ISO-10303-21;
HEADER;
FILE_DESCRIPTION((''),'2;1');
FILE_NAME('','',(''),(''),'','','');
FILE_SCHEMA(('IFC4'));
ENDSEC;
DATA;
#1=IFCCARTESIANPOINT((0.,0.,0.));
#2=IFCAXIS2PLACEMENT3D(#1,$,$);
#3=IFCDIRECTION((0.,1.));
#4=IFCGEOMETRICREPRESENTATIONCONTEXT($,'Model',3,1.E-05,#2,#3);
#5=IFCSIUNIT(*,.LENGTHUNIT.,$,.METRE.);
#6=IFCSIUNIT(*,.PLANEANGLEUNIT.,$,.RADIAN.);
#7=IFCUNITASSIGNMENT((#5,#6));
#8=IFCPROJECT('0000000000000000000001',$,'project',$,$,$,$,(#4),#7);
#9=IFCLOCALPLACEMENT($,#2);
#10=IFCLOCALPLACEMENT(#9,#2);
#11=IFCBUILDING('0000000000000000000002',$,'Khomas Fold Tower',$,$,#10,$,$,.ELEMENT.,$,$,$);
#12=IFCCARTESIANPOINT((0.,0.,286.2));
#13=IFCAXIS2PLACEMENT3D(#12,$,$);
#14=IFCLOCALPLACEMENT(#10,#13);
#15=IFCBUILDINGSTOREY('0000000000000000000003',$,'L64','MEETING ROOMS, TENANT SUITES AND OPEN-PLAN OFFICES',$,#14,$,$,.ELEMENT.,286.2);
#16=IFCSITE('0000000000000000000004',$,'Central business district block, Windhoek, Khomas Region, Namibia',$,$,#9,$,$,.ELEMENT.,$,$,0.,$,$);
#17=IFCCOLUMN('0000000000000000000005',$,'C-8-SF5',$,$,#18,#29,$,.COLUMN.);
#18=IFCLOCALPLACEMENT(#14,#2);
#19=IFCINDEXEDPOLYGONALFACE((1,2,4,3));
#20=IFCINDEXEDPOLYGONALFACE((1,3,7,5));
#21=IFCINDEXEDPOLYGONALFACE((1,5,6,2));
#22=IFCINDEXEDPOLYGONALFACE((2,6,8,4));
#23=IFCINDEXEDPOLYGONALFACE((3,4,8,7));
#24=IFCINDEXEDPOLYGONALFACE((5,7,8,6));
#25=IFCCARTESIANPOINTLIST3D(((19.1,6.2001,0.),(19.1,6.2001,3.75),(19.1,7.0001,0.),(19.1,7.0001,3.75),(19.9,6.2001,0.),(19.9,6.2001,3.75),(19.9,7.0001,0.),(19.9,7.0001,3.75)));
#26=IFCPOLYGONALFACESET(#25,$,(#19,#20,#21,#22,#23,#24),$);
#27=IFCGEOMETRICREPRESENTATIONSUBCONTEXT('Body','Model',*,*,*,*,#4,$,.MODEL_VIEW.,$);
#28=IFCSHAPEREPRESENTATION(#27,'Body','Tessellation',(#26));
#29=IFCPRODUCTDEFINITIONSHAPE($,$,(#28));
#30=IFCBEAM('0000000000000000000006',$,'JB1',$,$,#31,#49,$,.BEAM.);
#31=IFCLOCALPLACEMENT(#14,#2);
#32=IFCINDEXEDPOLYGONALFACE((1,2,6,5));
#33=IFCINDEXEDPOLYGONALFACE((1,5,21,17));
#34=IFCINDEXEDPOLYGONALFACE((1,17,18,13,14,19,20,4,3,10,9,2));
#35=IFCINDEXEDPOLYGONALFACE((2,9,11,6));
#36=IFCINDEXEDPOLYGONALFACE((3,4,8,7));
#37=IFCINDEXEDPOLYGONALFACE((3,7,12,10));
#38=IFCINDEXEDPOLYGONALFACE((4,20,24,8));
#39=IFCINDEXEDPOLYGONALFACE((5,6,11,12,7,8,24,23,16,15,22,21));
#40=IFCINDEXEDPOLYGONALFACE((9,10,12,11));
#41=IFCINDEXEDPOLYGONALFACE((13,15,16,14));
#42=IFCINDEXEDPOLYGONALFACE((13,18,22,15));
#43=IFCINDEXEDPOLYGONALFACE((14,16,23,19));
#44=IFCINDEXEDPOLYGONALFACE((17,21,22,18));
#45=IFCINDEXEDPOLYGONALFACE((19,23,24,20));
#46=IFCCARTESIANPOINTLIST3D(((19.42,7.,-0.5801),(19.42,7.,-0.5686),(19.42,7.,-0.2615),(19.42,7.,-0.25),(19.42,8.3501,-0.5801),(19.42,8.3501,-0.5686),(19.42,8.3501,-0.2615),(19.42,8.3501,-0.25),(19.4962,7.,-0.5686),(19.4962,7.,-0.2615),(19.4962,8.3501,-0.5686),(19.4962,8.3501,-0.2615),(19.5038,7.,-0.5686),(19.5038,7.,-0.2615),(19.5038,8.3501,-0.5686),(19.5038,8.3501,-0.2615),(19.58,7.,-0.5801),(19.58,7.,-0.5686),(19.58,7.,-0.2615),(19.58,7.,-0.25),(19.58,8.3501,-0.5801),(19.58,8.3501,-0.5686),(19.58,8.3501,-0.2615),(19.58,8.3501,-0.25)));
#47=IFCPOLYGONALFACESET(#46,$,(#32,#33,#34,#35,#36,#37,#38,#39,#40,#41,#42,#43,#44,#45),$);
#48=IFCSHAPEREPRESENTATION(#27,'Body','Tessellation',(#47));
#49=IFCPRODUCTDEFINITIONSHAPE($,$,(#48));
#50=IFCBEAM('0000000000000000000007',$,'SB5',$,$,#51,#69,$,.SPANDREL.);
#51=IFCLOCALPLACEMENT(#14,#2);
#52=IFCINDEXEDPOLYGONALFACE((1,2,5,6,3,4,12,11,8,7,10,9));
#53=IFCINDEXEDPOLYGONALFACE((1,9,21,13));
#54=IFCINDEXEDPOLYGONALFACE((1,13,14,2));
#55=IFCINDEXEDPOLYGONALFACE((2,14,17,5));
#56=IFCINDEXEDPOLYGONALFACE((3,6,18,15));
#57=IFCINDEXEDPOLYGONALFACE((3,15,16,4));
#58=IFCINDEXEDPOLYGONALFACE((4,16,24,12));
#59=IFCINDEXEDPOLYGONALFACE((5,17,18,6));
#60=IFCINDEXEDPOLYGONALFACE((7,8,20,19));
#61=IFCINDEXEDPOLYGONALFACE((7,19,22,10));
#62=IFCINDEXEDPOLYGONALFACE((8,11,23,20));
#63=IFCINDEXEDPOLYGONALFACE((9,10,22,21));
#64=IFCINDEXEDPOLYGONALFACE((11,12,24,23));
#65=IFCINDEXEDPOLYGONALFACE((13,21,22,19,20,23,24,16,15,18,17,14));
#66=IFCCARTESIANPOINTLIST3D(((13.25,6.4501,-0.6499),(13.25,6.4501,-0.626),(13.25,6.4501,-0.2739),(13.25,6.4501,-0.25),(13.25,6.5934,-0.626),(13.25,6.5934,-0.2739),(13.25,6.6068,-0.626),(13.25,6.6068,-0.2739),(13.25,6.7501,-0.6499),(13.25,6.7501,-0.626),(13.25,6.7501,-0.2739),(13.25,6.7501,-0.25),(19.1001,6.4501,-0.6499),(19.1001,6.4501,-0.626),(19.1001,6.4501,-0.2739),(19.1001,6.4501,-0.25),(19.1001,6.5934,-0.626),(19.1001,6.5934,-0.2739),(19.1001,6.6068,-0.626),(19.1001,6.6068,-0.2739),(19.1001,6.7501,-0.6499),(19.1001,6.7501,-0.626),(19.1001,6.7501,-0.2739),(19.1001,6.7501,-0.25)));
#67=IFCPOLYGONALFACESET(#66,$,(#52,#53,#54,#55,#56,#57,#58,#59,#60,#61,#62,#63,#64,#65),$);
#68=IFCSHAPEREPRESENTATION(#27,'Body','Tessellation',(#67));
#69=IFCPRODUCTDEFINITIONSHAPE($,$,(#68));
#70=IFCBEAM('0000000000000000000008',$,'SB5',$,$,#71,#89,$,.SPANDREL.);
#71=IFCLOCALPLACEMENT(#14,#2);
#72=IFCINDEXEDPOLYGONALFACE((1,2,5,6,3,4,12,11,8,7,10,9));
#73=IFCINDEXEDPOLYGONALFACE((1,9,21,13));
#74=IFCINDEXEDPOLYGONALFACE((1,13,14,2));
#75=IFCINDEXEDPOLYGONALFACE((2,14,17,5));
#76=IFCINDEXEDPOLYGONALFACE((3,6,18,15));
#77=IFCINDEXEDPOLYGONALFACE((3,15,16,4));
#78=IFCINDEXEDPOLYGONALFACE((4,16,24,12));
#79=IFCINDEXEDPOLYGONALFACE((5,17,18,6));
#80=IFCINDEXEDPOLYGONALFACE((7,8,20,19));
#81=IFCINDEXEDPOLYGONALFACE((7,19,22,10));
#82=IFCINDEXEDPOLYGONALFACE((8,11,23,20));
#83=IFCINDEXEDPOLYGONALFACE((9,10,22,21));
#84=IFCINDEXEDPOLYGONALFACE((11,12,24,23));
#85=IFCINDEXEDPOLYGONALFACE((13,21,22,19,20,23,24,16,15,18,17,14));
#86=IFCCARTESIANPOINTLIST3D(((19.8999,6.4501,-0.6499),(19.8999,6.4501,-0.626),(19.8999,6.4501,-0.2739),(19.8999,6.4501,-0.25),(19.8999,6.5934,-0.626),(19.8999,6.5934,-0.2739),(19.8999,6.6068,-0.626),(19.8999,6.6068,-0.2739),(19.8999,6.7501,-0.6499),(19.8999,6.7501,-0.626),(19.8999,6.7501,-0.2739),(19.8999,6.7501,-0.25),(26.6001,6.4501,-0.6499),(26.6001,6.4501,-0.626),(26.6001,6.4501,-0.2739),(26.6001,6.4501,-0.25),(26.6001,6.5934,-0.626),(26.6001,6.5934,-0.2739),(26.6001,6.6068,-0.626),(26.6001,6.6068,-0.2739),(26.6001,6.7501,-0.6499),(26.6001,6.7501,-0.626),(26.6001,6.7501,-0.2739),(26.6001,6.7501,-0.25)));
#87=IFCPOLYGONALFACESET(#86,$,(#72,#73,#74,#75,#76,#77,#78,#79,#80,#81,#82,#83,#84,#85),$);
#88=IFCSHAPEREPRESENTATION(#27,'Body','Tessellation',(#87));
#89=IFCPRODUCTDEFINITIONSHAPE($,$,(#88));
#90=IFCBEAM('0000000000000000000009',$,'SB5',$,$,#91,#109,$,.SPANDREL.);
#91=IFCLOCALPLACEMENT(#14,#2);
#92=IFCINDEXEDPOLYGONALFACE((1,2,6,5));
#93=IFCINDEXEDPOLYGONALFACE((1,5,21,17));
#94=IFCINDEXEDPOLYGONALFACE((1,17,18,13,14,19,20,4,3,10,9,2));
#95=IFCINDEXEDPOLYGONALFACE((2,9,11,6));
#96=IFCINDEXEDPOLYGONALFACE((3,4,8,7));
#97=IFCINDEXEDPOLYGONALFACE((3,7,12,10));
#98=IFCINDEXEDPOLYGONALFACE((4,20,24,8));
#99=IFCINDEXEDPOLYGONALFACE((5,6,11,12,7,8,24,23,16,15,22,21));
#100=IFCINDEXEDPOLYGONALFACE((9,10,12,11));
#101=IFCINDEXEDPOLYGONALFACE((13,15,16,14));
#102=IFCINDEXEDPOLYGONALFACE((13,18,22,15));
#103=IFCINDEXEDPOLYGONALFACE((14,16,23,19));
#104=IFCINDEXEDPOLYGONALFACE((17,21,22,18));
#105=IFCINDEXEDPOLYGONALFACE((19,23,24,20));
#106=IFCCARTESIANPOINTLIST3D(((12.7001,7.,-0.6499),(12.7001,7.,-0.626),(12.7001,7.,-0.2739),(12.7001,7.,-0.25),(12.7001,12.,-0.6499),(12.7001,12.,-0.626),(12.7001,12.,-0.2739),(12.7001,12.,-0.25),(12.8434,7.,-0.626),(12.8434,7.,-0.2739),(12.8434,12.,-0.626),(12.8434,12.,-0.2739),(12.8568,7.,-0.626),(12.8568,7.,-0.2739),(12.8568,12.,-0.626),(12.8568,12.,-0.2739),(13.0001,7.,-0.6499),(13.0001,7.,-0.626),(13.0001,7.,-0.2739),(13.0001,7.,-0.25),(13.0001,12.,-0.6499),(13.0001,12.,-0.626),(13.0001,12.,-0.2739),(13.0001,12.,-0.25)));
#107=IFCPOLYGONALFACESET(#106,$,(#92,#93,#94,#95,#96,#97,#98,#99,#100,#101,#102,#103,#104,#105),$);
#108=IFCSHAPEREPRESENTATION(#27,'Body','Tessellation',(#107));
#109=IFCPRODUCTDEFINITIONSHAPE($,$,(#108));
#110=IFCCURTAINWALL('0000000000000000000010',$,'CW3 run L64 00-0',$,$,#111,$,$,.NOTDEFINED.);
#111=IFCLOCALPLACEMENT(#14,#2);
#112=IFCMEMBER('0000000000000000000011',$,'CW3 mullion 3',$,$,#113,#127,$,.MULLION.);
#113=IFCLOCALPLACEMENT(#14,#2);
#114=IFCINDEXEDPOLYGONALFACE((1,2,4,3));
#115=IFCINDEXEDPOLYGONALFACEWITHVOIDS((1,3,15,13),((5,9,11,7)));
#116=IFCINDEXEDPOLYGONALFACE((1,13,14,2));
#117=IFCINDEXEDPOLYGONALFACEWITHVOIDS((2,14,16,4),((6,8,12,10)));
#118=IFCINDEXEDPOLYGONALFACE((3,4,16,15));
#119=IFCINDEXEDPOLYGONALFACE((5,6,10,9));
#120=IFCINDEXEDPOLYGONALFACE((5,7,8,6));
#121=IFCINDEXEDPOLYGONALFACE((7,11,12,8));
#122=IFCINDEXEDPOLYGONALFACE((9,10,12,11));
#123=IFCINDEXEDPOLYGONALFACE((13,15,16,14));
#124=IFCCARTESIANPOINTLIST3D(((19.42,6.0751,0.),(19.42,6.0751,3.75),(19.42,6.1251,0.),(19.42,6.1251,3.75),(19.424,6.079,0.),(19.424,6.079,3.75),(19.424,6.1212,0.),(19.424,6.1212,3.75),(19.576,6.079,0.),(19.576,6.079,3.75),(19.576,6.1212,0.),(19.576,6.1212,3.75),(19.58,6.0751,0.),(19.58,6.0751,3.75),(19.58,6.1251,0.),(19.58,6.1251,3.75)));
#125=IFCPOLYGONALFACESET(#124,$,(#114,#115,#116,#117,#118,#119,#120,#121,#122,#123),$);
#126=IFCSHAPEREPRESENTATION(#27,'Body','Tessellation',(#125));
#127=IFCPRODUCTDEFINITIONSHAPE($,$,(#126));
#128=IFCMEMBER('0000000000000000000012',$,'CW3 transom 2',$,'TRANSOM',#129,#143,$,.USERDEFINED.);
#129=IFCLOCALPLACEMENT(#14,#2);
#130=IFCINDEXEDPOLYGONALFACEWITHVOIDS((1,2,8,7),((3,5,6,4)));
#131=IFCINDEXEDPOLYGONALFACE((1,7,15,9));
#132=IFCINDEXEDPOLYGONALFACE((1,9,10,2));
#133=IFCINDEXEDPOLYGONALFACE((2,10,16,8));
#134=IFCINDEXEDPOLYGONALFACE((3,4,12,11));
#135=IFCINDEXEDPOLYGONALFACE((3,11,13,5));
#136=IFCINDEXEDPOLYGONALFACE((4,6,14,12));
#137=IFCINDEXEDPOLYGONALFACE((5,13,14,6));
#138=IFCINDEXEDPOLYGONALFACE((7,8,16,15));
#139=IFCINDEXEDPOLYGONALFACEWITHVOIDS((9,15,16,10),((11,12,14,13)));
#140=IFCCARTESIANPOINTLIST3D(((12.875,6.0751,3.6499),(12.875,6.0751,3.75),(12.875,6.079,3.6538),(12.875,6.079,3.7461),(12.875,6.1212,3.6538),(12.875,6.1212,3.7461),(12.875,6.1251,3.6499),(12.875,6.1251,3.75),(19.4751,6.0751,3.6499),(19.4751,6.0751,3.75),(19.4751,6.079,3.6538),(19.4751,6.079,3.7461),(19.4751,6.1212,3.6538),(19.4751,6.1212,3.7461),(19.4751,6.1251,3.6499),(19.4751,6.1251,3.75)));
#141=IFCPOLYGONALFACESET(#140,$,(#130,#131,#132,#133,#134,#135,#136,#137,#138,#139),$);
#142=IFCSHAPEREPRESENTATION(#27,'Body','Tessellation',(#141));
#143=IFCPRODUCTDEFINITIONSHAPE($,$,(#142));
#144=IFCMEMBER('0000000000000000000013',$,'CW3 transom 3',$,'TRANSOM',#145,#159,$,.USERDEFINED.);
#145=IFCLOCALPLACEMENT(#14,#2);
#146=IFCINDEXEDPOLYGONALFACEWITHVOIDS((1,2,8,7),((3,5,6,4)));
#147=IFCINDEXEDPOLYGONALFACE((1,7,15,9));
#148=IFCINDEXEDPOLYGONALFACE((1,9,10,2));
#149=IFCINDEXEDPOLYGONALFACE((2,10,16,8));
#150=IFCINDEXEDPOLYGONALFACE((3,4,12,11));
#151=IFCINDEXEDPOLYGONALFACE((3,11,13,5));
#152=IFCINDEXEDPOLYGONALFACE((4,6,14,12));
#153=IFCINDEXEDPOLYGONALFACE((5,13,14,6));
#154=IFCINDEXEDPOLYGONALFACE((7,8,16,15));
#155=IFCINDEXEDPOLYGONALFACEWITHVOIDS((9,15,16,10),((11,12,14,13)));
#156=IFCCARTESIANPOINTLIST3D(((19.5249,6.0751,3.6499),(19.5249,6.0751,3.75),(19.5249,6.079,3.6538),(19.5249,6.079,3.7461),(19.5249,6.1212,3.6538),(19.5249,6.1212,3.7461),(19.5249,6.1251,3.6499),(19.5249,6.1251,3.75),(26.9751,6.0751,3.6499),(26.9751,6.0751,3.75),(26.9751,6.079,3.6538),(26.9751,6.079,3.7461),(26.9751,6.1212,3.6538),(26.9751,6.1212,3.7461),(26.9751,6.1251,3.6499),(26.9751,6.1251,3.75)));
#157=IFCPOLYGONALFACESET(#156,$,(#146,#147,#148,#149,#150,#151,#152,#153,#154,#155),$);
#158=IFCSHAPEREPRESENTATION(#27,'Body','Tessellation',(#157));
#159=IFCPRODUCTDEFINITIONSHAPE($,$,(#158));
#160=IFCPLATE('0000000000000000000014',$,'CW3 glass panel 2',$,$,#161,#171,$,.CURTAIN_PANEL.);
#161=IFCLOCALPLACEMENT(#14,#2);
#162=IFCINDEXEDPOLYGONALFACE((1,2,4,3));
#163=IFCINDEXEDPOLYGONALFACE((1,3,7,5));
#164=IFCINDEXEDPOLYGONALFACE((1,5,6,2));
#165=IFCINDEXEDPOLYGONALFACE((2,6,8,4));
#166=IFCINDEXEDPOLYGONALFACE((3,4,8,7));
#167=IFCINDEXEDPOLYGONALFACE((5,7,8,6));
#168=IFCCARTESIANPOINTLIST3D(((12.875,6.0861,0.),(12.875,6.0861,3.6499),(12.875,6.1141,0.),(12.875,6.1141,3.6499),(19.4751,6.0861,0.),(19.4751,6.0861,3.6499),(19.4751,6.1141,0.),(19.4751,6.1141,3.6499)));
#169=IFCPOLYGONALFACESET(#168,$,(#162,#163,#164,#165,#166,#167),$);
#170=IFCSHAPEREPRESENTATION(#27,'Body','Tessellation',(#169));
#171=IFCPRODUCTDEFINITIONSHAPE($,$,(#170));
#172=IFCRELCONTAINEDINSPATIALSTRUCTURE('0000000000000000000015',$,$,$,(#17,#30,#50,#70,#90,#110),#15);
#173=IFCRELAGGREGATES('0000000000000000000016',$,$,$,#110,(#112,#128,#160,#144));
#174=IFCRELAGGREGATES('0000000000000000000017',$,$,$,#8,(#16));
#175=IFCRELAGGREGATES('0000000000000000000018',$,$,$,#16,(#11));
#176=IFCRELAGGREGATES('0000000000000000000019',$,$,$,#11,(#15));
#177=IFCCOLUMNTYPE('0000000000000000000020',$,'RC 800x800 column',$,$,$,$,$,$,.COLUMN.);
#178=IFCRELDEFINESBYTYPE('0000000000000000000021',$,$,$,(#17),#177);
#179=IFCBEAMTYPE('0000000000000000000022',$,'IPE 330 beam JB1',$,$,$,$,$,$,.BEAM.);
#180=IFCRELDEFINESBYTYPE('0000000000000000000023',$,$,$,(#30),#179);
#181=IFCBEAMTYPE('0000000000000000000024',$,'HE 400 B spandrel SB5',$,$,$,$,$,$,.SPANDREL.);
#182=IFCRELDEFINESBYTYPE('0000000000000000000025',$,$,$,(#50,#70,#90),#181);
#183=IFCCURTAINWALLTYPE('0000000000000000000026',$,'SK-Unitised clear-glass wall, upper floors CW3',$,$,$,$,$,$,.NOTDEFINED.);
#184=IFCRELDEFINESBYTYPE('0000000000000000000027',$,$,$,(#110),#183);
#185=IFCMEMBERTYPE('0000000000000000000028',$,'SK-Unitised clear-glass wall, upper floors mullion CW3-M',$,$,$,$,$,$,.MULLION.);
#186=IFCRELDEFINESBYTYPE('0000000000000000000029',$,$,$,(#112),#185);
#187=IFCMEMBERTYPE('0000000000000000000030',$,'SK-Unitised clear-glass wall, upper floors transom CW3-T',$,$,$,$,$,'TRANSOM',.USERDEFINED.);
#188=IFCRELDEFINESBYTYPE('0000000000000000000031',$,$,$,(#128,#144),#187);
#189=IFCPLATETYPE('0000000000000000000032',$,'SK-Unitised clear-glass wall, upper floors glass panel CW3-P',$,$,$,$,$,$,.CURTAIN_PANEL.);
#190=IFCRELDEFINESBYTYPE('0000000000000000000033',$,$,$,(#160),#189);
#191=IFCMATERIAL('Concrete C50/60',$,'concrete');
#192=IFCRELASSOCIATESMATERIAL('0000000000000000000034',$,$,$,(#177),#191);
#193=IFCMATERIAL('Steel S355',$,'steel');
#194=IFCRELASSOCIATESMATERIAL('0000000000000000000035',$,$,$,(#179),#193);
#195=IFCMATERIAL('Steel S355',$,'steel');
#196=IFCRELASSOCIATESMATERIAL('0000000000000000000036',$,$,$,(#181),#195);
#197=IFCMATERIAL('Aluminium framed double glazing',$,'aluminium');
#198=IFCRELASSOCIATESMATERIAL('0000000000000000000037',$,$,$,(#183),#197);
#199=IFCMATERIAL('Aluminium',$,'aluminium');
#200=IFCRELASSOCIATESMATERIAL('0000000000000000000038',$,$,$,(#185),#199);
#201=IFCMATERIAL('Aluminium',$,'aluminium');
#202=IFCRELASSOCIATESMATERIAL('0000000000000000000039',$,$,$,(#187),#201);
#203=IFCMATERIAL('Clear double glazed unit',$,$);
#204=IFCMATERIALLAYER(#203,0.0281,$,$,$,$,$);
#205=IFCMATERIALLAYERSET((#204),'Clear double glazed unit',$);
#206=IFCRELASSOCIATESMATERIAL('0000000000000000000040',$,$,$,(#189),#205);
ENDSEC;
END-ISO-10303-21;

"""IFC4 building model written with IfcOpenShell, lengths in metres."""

from ifc_helpers import new_model, si_unit, direction, frame, origin, origin_2d, place, context, subcontext, project, spatial, rectangle, hollow_rectangle, i_section, extrude, source, transform, mapped, material, layer, layer_set, material_profile, profile_set, type_object, element, aggregate, save


model = new_model("IFC4")

# Units and contexts
model_context = context("Model", 3, precision=1e-05, world=origin(), true_north=direction((0.0, 1.0)))
body_context = subcontext(model_context, "Body", "Model", "MODEL_VIEW")
ifc_project = project(units=[si_unit("LENGTHUNIT", "METRE"), si_unit("PLANEANGLEUNIT", "RADIAN")], contexts=[model_context])

# Site, building, storey
site_placement = place(None, origin())
site = spatial("IfcSite", under=ifc_project, at=site_placement, Name="Central business district block, Windhoek, Khomas Region, Namibia", CompositionType="ELEMENT", RefElevation=0.0)
building_placement = place(site_placement, origin())
building = spatial("IfcBuilding", under=site, at=building_placement, Name="Khomas Fold Tower", CompositionType="ELEMENT")
storey_placement = place(building_placement, frame((0.0, 0.0, 286.2)))
storey = spatial("IfcBuildingStorey", under=building, at=storey_placement, Name="L64", Description="MEETING ROOMS, TENANT SUITES AND OPEN-PLAN OFFICES", CompositionType="ELEMENT", Elevation=286.2)

# Column
ifc_material_1 = material(Name="Concrete C50/60", Category="concrete")
ifc_material_profile_1 = material_profile(ifc_material_1, rectangle(XDim=0.8, YDim=0.8, at=origin_2d()), Name="RC 800x800")
ifc_profile_set_1 = profile_set([ifc_material_profile_1], Name="Concrete C50/60")
column_type = type_object("IfcColumnType", Name="RC 800x800 column", PredefinedType="COLUMN", material=ifc_profile_set_1)
shared_shape_1 = source(origin(), body_context, "Body", "SweptSolid", [
    extrude(rectangle(XDim=0.8, YDim=0.8, at=origin_2d()), origin(), (0.0, 0.0, 1.0), 3.75),
])
column_placement = place(storey_placement, frame((19.5, 6.6001, 0.0), z_axis=(0.0, 0.0, 1.0), x_axis=(1.0, 0.0, 0.0)))
element("IfcColumn", 1, at=column_placement, inside=storey, type_object=column_type, Name="C-8-SF5", PredefinedType="COLUMN", context=body_context, shape_type="MappedRepresentation", body=[
    mapped(shared_shape_1, transform((0.0, 0.0, 0.0))),
])

# Beams
ifc_material_2 = material(Name="Steel S355", Category="steel")
ifc_material_profile_2 = material_profile(ifc_material_2, i_section(OverallWidth=0.1599, OverallDepth=0.3301, WebThickness=0.0076, FlangeThickness=0.0115, at=origin_2d()), Name="IPE 330")
ifc_profile_set_2 = profile_set([ifc_material_profile_2], Name="Steel S355")
beam_type_1 = type_object("IfcBeamType", Name="IPE 330 beam JB1", PredefinedType="BEAM", material=ifc_profile_set_2)
shared_shape_2 = source(origin(), body_context, "Body", "SweptSolid", [
    extrude(i_section(OverallWidth=0.1599, OverallDepth=0.3301, WebThickness=0.0076, FlangeThickness=0.0115, at=origin_2d()), origin(), (0.0, 0.0, 1.0), 1.3501),
])
beam_1_placement = place(storey_placement, frame((19.5, 7.0, -0.415), z_axis=(0.0, 1.0, 0.0), x_axis=(-1.0, 0.0, 0.0)))
element("IfcBeam", 2, at=beam_1_placement, inside=storey, type_object=beam_type_1, Name="JB1", PredefinedType="BEAM", context=body_context, shape_type="MappedRepresentation", body=[
    mapped(shared_shape_2, transform((0.0, 0.0, 0.0))),
])
ifc_material_3 = material(Name="Steel S355", Category="steel")
ifc_material_profile_3 = material_profile(ifc_material_3, i_section(OverallWidth=0.3, OverallDepth=0.3999, WebThickness=0.0134, FlangeThickness=0.0239, at=origin_2d()), Name="HE 400 B")
ifc_profile_set_3 = profile_set([ifc_material_profile_3], Name="Steel S355")
beam_type_2 = type_object("IfcBeamType", Name="HE 400 B spandrel SB5", PredefinedType="SPANDREL", material=ifc_profile_set_3)
shared_shape_3 = source(origin(), body_context, "Body", "SweptSolid", [
    extrude(i_section(OverallWidth=0.3, OverallDepth=0.3999, WebThickness=0.0134, FlangeThickness=0.0239, at=origin_2d()), origin(), (0.0, 0.0, 1.0), 5.8501),
])
beam_2_placement = place(storey_placement, frame((13.25, 6.6001, -0.45), z_axis=(1.0, 0.0, 0.0), x_axis=(0.0, 1.0, 0.0)))
element("IfcBeam", 3, at=beam_2_placement, inside=storey, type_object=beam_type_2, Name="SB5", PredefinedType="SPANDREL", context=body_context, shape_type="MappedRepresentation", body=[
    mapped(shared_shape_3, transform((0.0, 0.0, 0.0))),
])
shared_shape_4 = source(origin(), body_context, "Body", "SweptSolid", [
    extrude(i_section(OverallWidth=0.3, OverallDepth=0.3999, WebThickness=0.0134, FlangeThickness=0.0239, at=origin_2d()), origin(), (0.0, 0.0, 1.0), 6.7002),
])
beam_3_placement = place(storey_placement, frame((19.8999, 6.6001, -0.45), z_axis=(1.0, 0.0, 0.0), x_axis=(0.0, 1.0, 0.0)))
element("IfcBeam", 4, at=beam_3_placement, inside=storey, type_object=beam_type_2, Name="SB5", PredefinedType="SPANDREL", context=body_context, shape_type="MappedRepresentation", body=[
    mapped(shared_shape_4, transform((0.0, 0.0, 0.0))),
])
shared_shape_5 = source(origin(), body_context, "Body", "SweptSolid", [
    extrude(i_section(OverallWidth=0.3, OverallDepth=0.3999, WebThickness=0.0134, FlangeThickness=0.0239, at=origin_2d()), origin(), (0.0, 0.0, 1.0), 5.0),
])
beam_4_placement = place(storey_placement, frame((12.8501, 7.0, -0.45), z_axis=(0.0, 1.0, 0.0), x_axis=(-1.0, 0.0, 0.0)))
element("IfcBeam", 5, at=beam_4_placement, inside=storey, type_object=beam_type_2, Name="SB5", PredefinedType="SPANDREL", context=body_context, shape_type="MappedRepresentation", body=[
    mapped(shared_shape_5, transform((0.0, 0.0, 0.0))),
])

# Curtain wall, members, plate
ifc_material_4 = material(Name="Aluminium framed double glazing", Category="aluminium")
curtain_wall_type = type_object("IfcCurtainWallType", Name="SK-Unitised clear-glass wall, upper floors CW3", PredefinedType="NOTDEFINED", material=ifc_material_4)
curtain_wall_placement = place(storey_placement, origin())
curtain_wall = element("IfcCurtainWall", 6, at=curtain_wall_placement, inside=storey, type_object=curtain_wall_type, Name="CW3 run L64 00-0", PredefinedType="NOTDEFINED")
ifc_material_5 = material(Name="Aluminium", Category="aluminium")
ifc_material_profile_4 = material_profile(ifc_material_5, hollow_rectangle(XDim=0.05, YDim=0.1599, WallThickness=0.0039, at=origin_2d()), Name="SK-Unitised clear-glass wall, upper floors mullion CW3-M")
ifc_profile_set_4 = profile_set([ifc_material_profile_4], Name="Aluminium")
member_type_1 = type_object("IfcMemberType", Name="SK-Unitised clear-glass wall, upper floors mullion CW3-M", PredefinedType="MULLION", material=ifc_profile_set_4)
shared_shape_6 = source(origin(), body_context, "Body", "SweptSolid", [
    extrude(hollow_rectangle(XDim=0.05, YDim=0.1599, WallThickness=0.0039, at=origin_2d()), origin(), (0.0, 0.0, 1.0), 3.75),
])
member_1_placement = place(storey_placement, frame((19.5, 6.1001, 0.0), z_axis=(0.0, 0.0, 1.0), x_axis=(0.0, 1.0, 0.0)))
member_1 = element("IfcMember", 7, at=member_1_placement, type_object=member_type_1, Name="CW3 mullion 3", PredefinedType="MULLION", context=body_context, shape_type="MappedRepresentation", body=[
    mapped(shared_shape_6, transform((0.0, 0.0, 0.0))),
])
ifc_material_6 = material(Name="Aluminium", Category="aluminium")
ifc_material_profile_5 = material_profile(ifc_material_6, hollow_rectangle(XDim=0.05, YDim=0.1001, WallThickness=0.0039, at=origin_2d()), Name="SK-Unitised clear-glass wall, upper floors transom CW3-T")
ifc_profile_set_5 = profile_set([ifc_material_profile_5], Name="Aluminium")
member_type_2 = type_object("IfcMemberType", Name="SK-Unitised clear-glass wall, upper floors transom CW3-T", ElementType="TRANSOM", PredefinedType="USERDEFINED", material=ifc_profile_set_5)
shared_shape_7 = source(origin(), body_context, "Body", "SweptSolid", [
    extrude(hollow_rectangle(XDim=0.05, YDim=0.1001, WallThickness=0.0039, at=origin_2d()), origin(), (0.0, 0.0, 1.0), 6.6001),
])
member_2_placement = place(storey_placement, frame((12.875, 6.1001, 3.7), z_axis=(1.0, 0.0, 0.0), x_axis=(0.0, 1.0, 0.0)))
member_2 = element("IfcMember", 8, at=member_2_placement, type_object=member_type_2, Name="CW3 transom 2", ObjectType="TRANSOM", PredefinedType="USERDEFINED", context=body_context, shape_type="MappedRepresentation", body=[
    mapped(shared_shape_7, transform((0.0, 0.0, 0.0))),
])
shared_shape_8 = source(origin(), body_context, "Body", "SweptSolid", [
    extrude(hollow_rectangle(XDim=0.05, YDim=0.1001, WallThickness=0.0039, at=origin_2d()), origin(), (0.0, 0.0, 1.0), 7.4502),
])
member_3_placement = place(storey_placement, frame((19.5249, 6.1001, 3.7), z_axis=(1.0, 0.0, 0.0), x_axis=(0.0, 1.0, 0.0)))
member_3 = element("IfcMember", 9, at=member_3_placement, type_object=member_type_2, Name="CW3 transom 3", ObjectType="TRANSOM", PredefinedType="USERDEFINED", context=body_context, shape_type="MappedRepresentation", body=[
    mapped(shared_shape_8, transform((0.0, 0.0, 0.0))),
])
ifc_material_7 = material(Name="Clear double glazed unit")
ifc_layer_1 = layer(ifc_material_7, 0.0281)
ifc_layer_set_1 = layer_set([ifc_layer_1], Name="Clear double glazed unit")
plate_type = type_object("IfcPlateType", Name="SK-Unitised clear-glass wall, upper floors glass panel CW3-P", PredefinedType="CURTAIN_PANEL", material=ifc_layer_set_1)
shared_shape_9 = source(origin(), body_context, "Body", "SweptSolid", [
    extrude(rectangle(XDim=6.6001, YDim=0.0281, at=origin_2d()), origin(), (0.0, 0.0, 1.0), 3.6499),
])
plate_1_placement = place(storey_placement, frame((16.175, 6.1001, 0.0), z_axis=(0.0, 0.0, 1.0), x_axis=(1.0, 0.0, 0.0)))
plate_1 = element("IfcPlate", 10, at=plate_1_placement, type_object=plate_type, Name="CW3 glass panel 2", PredefinedType="CURTAIN_PANEL", context=body_context, shape_type="MappedRepresentation", body=[
    mapped(shared_shape_9, transform((0.0, 0.0, 0.0))),
])
aggregate(curtain_wall, [member_1, member_2, plate_1, member_3])

save(model, "model.ifc")
